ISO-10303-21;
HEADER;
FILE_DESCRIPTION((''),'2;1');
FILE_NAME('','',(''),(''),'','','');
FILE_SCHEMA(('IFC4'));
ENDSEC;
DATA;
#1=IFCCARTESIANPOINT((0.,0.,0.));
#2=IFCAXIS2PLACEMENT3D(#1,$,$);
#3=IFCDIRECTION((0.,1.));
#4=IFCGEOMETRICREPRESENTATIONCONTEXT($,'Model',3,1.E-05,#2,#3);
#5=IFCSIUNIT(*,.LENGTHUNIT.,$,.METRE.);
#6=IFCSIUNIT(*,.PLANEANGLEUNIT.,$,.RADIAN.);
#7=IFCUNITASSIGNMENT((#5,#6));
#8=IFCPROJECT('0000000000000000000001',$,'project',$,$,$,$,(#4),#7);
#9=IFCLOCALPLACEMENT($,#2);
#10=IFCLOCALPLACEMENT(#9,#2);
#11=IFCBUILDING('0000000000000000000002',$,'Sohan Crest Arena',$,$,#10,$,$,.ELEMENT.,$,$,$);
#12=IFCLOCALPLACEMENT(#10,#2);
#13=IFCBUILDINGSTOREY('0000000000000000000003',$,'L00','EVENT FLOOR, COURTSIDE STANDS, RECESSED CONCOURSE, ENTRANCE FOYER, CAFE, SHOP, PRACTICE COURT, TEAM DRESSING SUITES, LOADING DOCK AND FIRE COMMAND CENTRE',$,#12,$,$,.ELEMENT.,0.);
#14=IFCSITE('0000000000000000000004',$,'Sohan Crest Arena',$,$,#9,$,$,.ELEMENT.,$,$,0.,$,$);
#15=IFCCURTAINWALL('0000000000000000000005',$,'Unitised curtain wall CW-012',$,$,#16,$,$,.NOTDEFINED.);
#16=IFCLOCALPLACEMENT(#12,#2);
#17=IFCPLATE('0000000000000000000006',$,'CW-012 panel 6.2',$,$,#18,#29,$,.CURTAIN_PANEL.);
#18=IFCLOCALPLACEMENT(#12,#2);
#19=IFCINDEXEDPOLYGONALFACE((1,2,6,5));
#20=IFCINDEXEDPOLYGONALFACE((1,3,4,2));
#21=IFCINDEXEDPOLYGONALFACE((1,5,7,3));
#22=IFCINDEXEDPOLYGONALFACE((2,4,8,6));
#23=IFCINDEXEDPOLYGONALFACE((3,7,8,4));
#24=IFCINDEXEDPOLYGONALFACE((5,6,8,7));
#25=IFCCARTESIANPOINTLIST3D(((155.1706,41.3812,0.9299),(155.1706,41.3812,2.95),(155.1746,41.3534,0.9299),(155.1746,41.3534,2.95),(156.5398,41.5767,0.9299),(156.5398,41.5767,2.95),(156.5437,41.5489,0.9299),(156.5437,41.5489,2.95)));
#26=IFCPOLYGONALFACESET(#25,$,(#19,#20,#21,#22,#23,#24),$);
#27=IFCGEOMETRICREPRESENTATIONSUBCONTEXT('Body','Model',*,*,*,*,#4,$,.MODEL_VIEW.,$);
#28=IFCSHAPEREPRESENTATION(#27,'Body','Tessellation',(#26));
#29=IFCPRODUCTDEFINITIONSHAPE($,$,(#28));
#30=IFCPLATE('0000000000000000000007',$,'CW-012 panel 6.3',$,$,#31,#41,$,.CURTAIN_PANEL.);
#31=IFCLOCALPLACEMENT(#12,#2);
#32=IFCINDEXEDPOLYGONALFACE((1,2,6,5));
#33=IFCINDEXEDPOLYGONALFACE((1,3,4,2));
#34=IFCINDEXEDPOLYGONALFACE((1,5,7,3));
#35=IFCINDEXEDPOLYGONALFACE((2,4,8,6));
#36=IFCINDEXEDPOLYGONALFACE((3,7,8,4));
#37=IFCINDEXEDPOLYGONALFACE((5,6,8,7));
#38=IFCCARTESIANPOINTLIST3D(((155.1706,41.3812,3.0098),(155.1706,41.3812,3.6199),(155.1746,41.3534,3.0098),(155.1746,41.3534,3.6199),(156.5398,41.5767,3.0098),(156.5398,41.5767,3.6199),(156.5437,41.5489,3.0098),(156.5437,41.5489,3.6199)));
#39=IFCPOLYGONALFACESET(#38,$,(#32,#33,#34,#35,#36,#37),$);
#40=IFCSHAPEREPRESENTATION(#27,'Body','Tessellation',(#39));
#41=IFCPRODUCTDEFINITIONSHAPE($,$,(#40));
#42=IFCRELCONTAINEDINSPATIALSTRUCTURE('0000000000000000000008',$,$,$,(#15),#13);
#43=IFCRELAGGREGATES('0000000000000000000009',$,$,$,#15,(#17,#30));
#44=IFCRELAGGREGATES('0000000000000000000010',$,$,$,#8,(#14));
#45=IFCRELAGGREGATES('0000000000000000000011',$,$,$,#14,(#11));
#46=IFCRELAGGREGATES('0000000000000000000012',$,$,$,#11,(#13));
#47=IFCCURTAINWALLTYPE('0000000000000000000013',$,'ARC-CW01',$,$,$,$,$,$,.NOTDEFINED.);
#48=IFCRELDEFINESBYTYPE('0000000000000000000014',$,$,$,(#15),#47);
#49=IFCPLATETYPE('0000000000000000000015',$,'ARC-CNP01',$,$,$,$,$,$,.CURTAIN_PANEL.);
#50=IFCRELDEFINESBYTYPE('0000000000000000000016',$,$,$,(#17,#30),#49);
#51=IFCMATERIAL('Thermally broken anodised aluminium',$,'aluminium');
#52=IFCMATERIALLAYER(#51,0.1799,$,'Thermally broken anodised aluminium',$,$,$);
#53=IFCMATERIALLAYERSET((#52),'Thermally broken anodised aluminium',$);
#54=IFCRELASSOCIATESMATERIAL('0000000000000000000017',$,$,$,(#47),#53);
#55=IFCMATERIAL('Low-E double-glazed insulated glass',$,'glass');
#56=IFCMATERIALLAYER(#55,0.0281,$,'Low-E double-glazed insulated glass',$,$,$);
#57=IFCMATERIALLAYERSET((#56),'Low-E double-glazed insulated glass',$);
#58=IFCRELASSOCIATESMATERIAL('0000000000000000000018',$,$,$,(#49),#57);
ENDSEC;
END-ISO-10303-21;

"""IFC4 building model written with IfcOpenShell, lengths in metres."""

from ifc_helpers import new_model, si_unit, direction, frame, origin, origin_2d, place, context, subcontext, project, spatial, rectangle, extrude, material, layer, layer_set, type_object, element, aggregate, save


model = new_model("IFC4")

# Units and contexts
model_context = context("Model", 3, precision=1e-05, world=origin(), true_north=direction((0.0, 1.0)))
body_context = subcontext(model_context, "Body", "Model", "MODEL_VIEW")
ifc_project = project(units=[si_unit("LENGTHUNIT", "METRE"), si_unit("PLANEANGLEUNIT", "RADIAN")], contexts=[model_context])

# Site, building, storey
site_placement = place(None, origin())
site = spatial("IfcSite", under=ifc_project, at=site_placement, Name="Sohan Crest Arena", CompositionType="ELEMENT", RefElevation=0.0)
building_placement = place(site_placement, origin())
building = spatial("IfcBuilding", under=site, at=building_placement, Name="Sohan Crest Arena", CompositionType="ELEMENT")
storey_placement = place(building_placement, origin())
storey = spatial("IfcBuildingStorey", under=building, at=storey_placement, Name="L00", Description="EVENT FLOOR, COURTSIDE STANDS, RECESSED CONCOURSE, ENTRANCE FOYER, CAFE, SHOP, PRACTICE COURT, TEAM DRESSING SUITES, LOADING DOCK AND FIRE COMMAND CENTRE", CompositionType="ELEMENT", Elevation=0.0)

# Curtain wall
ifc_material_1 = material(Name="Thermally broken anodised aluminium", Category="aluminium")
ifc_layer_1 = layer(ifc_material_1, 0.1799, Name="Thermally broken anodised aluminium")
ifc_layer_set_1 = layer_set([ifc_layer_1], Name="Thermally broken anodised aluminium")
curtain_wall_type = type_object("IfcCurtainWallType", Name="ARC-CW01", PredefinedType="NOTDEFINED", material=ifc_layer_set_1)
curtain_wall_placement = place(storey_placement, origin())
curtain_wall = element("IfcCurtainWall", 1, at=curtain_wall_placement, inside=storey, type_object=curtain_wall_type, Name="Unitised curtain wall CW-012", PredefinedType="NOTDEFINED")

# Plates
ifc_material_2 = material(Name="Low-E double-glazed insulated glass", Category="glass")
ifc_layer_2 = layer(ifc_material_2, 0.0281, Name="Low-E double-glazed insulated glass")
ifc_layer_set_2 = layer_set([ifc_layer_2], Name="Low-E double-glazed insulated glass")
plate_type = type_object("IfcPlateType", Name="ARC-CNP01", PredefinedType="CURTAIN_PANEL", material=ifc_layer_set_2)
plate_1_placement = place(storey_placement, frame((155.8572, 41.4651, 0.9299), z_axis=(0.0, 0.0, 1.0), x_axis=(0.989957, 0.141366, 0.0)))
plate_1 = element("IfcPlate", 2, at=plate_1_placement, type_object=plate_type, Name="CW-012 panel 6.2", PredefinedType="CURTAIN_PANEL", context=body_context, shape_type="SweptSolid", body=[
    extrude(rectangle(XDim=1.3831, YDim=0.0281, at=origin_2d()), origin(), (0.0, 0.0, 1.0), 2.02),
])
plate_2_placement = place(storey_placement, frame((155.8572, 41.4651, 3.0098), z_axis=(0.0, 0.0, 1.0), x_axis=(0.989957, 0.141366, 0.0)))
plate_2 = element("IfcPlate", 3, at=plate_2_placement, type_object=plate_type, Name="CW-012 panel 6.3", PredefinedType="CURTAIN_PANEL", context=body_context, shape_type="SweptSolid", body=[
    extrude(rectangle(XDim=1.3831, YDim=0.0281, at=origin_2d()), origin(), (0.0, 0.0, 1.0), 0.6101),
])
aggregate(curtain_wall, [plate_1, plate_2])

save(model, "model.ifc")
